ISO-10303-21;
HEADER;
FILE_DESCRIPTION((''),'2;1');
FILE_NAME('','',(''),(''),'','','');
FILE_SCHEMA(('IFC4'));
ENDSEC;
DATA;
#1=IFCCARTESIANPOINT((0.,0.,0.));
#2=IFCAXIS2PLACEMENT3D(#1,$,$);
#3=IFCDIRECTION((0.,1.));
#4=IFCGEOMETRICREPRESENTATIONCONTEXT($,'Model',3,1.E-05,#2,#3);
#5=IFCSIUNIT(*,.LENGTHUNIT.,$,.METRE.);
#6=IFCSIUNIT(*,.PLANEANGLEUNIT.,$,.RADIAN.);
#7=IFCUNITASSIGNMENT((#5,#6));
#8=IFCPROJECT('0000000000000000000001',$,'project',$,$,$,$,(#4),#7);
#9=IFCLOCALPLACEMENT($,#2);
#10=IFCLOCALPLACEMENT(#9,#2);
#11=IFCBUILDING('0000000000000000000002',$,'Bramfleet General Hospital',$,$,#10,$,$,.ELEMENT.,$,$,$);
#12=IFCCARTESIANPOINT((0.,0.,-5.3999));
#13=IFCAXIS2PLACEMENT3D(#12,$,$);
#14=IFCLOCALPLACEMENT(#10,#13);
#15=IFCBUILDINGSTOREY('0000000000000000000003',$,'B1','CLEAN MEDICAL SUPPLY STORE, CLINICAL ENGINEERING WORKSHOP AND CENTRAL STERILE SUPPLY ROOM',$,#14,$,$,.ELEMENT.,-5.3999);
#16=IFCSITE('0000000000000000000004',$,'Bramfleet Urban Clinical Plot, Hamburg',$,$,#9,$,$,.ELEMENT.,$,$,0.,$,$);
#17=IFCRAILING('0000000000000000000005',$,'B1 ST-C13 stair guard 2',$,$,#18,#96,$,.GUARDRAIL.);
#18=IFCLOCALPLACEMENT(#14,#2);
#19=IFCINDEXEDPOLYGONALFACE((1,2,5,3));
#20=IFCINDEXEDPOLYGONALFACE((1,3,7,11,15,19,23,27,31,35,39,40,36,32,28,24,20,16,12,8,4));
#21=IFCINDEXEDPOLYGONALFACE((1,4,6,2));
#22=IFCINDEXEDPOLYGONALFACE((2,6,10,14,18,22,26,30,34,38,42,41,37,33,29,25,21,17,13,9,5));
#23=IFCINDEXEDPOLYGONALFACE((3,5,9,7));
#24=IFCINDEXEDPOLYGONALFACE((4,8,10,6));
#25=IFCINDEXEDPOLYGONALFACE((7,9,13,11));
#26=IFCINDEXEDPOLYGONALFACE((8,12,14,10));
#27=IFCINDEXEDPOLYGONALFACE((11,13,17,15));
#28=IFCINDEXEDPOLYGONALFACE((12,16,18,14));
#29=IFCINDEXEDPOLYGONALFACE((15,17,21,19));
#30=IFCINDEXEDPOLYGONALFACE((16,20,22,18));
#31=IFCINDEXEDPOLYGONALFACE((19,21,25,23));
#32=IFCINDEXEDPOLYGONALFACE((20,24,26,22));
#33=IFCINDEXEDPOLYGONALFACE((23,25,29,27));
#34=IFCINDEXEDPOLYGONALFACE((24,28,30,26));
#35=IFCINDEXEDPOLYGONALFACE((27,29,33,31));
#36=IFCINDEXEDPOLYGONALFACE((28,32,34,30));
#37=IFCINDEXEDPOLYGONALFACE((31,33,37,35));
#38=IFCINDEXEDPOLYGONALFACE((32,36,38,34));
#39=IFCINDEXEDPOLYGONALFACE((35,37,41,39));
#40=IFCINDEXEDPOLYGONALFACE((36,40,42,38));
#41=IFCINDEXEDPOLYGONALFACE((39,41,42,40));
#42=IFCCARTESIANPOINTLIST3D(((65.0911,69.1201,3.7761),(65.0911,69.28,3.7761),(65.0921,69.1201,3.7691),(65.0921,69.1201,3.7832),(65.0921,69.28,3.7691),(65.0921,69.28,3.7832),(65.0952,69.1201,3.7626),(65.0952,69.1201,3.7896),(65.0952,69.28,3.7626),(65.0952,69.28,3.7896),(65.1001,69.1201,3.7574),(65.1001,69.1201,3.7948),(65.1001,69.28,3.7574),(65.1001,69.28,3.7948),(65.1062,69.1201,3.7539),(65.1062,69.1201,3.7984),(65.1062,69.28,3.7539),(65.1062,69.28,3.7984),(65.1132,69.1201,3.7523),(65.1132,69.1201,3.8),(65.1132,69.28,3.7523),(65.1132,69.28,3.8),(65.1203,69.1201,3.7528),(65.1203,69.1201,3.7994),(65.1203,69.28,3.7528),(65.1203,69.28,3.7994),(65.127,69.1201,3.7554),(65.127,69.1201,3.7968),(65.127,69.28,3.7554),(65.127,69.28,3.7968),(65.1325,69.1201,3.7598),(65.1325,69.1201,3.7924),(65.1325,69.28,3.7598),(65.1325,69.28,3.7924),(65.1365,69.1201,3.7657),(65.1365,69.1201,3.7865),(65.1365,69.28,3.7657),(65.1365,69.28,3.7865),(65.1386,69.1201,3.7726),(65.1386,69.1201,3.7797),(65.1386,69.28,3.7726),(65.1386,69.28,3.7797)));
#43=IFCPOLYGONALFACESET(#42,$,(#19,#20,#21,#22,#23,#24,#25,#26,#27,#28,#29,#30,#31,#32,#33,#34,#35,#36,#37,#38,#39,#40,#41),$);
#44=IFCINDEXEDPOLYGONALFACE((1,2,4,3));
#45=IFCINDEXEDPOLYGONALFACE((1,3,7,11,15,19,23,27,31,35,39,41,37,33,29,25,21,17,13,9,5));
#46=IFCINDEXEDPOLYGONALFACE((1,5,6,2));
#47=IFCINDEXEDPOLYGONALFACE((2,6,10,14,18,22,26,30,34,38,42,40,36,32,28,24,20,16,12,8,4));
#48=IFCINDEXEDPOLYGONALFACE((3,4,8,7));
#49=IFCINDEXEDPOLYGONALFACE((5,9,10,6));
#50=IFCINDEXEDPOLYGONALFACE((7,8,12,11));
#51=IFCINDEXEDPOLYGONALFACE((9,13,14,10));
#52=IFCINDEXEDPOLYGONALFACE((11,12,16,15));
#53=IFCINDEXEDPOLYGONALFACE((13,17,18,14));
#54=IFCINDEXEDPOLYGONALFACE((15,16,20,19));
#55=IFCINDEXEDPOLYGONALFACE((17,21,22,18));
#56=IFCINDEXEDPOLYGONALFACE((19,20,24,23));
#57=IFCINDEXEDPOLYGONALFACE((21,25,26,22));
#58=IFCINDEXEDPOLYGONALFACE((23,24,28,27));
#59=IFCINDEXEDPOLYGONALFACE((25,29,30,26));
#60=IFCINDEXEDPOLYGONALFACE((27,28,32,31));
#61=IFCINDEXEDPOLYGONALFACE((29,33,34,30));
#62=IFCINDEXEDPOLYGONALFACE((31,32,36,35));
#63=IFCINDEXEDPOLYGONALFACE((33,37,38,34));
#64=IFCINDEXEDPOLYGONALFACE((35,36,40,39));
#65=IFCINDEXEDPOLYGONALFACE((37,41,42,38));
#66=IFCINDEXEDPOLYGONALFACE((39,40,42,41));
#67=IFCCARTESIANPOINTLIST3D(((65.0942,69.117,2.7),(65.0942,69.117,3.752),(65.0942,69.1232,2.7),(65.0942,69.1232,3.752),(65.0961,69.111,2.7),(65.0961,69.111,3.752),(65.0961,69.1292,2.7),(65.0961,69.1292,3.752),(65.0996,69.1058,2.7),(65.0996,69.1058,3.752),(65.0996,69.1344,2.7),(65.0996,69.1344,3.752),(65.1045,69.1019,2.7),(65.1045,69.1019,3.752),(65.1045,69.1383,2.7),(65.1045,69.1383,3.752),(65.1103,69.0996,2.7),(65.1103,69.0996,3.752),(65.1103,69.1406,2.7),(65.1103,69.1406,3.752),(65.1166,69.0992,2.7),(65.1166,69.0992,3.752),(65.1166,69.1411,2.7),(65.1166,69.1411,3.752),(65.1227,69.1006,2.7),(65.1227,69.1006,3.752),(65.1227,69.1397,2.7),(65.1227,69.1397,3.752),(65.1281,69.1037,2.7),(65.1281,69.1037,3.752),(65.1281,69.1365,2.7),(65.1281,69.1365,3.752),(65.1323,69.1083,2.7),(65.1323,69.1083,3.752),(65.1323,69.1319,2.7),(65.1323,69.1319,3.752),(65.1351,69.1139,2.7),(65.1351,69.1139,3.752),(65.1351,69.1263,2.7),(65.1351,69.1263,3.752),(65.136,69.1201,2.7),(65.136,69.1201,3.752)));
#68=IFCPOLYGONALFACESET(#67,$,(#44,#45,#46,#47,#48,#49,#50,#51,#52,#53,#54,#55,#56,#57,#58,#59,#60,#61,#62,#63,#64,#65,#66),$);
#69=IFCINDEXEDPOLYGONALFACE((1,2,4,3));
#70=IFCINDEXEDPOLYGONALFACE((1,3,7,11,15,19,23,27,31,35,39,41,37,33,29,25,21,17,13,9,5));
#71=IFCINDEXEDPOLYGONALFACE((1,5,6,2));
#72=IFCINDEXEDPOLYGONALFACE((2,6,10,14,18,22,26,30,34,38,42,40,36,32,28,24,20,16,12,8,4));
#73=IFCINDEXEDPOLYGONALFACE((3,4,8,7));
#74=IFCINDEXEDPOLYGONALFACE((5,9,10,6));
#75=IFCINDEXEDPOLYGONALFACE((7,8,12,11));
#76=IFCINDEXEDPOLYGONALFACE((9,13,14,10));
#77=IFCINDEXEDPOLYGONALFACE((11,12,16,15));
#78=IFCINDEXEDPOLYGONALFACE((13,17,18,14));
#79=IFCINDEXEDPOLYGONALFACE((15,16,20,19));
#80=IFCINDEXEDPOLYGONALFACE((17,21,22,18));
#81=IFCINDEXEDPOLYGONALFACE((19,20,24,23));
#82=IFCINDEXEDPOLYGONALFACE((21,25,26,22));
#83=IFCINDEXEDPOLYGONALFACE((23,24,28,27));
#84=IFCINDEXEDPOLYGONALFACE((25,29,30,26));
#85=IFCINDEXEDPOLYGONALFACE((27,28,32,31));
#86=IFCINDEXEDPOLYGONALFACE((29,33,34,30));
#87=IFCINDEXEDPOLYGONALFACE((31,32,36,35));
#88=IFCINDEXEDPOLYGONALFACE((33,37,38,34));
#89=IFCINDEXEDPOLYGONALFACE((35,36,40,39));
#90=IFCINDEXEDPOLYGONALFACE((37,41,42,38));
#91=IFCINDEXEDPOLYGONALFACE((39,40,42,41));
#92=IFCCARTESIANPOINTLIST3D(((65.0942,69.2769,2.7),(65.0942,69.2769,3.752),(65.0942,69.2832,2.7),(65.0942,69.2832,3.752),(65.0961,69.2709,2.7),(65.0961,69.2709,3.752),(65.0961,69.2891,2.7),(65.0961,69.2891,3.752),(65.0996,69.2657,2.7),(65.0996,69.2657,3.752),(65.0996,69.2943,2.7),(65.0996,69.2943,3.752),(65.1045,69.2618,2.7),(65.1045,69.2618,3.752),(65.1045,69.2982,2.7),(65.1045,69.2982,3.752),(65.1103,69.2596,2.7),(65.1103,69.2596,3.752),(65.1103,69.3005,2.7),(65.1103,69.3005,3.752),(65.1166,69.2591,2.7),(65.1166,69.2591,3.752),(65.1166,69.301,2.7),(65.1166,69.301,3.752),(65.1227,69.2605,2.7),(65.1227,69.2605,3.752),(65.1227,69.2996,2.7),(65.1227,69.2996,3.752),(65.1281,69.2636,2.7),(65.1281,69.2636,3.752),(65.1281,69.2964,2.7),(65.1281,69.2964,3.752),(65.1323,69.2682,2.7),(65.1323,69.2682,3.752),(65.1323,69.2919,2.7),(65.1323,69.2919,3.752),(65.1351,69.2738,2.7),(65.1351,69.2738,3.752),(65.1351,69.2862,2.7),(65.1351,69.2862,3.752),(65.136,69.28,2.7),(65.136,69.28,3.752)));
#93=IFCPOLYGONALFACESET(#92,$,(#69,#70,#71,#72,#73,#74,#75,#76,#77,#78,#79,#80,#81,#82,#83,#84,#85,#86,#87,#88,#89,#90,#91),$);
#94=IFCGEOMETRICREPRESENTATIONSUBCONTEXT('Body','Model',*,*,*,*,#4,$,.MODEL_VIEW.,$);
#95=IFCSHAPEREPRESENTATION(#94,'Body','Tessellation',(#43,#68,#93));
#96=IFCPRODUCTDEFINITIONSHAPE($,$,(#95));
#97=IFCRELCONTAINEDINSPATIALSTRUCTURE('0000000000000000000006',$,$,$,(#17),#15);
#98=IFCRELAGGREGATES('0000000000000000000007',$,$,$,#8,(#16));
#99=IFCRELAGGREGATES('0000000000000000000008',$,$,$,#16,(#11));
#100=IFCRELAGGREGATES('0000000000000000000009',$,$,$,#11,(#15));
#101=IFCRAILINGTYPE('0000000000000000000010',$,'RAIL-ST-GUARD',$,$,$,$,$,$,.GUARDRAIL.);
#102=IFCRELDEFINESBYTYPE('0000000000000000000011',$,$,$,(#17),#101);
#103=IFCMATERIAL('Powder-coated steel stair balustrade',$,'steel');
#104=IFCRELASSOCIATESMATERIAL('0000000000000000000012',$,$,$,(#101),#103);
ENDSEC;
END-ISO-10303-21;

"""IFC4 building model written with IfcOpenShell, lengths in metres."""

from ifc_helpers import new_model, si_unit, direction, frame, origin, origin_2d, place, context, subcontext, project, spatial, circle, extrude, material, type_object, element, save


model = new_model("IFC4")

# Units and contexts
model_context = context("Model", 3, precision=1e-05, world=origin(), true_north=direction((0.0, 1.0)))
body_context = subcontext(model_context, "Body", "Model", "MODEL_VIEW")
ifc_project = project(units=[si_unit("LENGTHUNIT", "METRE"), si_unit("PLANEANGLEUNIT", "RADIAN")], contexts=[model_context])

# Site, building, storey
site_placement = place(None, origin())
site = spatial("IfcSite", under=ifc_project, at=site_placement, Name="Bramfleet Urban Clinical Plot, Hamburg", CompositionType="ELEMENT", RefElevation=0.0)
building_placement = place(site_placement, origin())
building = spatial("IfcBuilding", under=site, at=building_placement, Name="Bramfleet General Hospital", CompositionType="ELEMENT")
storey_placement = place(building_placement, frame((0.0, 0.0, -5.3999)))
storey = spatial("IfcBuildingStorey", under=building, at=storey_placement, Name="B1", Description="CLEAN MEDICAL SUPPLY STORE, CLINICAL ENGINEERING WORKSHOP AND CENTRAL STERILE SUPPLY ROOM", CompositionType="ELEMENT", Elevation=-5.3999)

# Railing
ifc_material_1 = material(Name="Powder-coated steel stair balustrade", Category="steel")
railing_type_1 = type_object("IfcRailingType", Name="RAIL-ST-GUARD", PredefinedType="GUARDRAIL", material=ifc_material_1)
railing_1_placement = place(storey_placement, frame((65.115, 69.1201, 2.7)))
element("IfcRailing", 1, at=railing_1_placement, inside=storey, type_object=railing_type_1, Name="B1 ST-C13 stair guard 2", PredefinedType="GUARDRAIL", context=body_context, shape_type="SweptSolid", body=[
    extrude(circle(Radius=0.0239, at=origin_2d()), frame((0.0, 0.0, 1.0762), z_axis=(0.0, 1.0, 0.0), x_axis=(-1.0, 0.0, 0.0)), (0.0, 0.0, 1.0), 0.1599),
    extrude(circle(Radius=0.021, at=origin_2d()), origin(), (0.0, 0.0, 1.0), 1.052),
    extrude(circle(Radius=0.021, at=origin_2d()), frame((0.0, 0.1599, 0.0)), (0.0, 0.0, 1.0), 1.052),
])

save(model, "model.ifc")
